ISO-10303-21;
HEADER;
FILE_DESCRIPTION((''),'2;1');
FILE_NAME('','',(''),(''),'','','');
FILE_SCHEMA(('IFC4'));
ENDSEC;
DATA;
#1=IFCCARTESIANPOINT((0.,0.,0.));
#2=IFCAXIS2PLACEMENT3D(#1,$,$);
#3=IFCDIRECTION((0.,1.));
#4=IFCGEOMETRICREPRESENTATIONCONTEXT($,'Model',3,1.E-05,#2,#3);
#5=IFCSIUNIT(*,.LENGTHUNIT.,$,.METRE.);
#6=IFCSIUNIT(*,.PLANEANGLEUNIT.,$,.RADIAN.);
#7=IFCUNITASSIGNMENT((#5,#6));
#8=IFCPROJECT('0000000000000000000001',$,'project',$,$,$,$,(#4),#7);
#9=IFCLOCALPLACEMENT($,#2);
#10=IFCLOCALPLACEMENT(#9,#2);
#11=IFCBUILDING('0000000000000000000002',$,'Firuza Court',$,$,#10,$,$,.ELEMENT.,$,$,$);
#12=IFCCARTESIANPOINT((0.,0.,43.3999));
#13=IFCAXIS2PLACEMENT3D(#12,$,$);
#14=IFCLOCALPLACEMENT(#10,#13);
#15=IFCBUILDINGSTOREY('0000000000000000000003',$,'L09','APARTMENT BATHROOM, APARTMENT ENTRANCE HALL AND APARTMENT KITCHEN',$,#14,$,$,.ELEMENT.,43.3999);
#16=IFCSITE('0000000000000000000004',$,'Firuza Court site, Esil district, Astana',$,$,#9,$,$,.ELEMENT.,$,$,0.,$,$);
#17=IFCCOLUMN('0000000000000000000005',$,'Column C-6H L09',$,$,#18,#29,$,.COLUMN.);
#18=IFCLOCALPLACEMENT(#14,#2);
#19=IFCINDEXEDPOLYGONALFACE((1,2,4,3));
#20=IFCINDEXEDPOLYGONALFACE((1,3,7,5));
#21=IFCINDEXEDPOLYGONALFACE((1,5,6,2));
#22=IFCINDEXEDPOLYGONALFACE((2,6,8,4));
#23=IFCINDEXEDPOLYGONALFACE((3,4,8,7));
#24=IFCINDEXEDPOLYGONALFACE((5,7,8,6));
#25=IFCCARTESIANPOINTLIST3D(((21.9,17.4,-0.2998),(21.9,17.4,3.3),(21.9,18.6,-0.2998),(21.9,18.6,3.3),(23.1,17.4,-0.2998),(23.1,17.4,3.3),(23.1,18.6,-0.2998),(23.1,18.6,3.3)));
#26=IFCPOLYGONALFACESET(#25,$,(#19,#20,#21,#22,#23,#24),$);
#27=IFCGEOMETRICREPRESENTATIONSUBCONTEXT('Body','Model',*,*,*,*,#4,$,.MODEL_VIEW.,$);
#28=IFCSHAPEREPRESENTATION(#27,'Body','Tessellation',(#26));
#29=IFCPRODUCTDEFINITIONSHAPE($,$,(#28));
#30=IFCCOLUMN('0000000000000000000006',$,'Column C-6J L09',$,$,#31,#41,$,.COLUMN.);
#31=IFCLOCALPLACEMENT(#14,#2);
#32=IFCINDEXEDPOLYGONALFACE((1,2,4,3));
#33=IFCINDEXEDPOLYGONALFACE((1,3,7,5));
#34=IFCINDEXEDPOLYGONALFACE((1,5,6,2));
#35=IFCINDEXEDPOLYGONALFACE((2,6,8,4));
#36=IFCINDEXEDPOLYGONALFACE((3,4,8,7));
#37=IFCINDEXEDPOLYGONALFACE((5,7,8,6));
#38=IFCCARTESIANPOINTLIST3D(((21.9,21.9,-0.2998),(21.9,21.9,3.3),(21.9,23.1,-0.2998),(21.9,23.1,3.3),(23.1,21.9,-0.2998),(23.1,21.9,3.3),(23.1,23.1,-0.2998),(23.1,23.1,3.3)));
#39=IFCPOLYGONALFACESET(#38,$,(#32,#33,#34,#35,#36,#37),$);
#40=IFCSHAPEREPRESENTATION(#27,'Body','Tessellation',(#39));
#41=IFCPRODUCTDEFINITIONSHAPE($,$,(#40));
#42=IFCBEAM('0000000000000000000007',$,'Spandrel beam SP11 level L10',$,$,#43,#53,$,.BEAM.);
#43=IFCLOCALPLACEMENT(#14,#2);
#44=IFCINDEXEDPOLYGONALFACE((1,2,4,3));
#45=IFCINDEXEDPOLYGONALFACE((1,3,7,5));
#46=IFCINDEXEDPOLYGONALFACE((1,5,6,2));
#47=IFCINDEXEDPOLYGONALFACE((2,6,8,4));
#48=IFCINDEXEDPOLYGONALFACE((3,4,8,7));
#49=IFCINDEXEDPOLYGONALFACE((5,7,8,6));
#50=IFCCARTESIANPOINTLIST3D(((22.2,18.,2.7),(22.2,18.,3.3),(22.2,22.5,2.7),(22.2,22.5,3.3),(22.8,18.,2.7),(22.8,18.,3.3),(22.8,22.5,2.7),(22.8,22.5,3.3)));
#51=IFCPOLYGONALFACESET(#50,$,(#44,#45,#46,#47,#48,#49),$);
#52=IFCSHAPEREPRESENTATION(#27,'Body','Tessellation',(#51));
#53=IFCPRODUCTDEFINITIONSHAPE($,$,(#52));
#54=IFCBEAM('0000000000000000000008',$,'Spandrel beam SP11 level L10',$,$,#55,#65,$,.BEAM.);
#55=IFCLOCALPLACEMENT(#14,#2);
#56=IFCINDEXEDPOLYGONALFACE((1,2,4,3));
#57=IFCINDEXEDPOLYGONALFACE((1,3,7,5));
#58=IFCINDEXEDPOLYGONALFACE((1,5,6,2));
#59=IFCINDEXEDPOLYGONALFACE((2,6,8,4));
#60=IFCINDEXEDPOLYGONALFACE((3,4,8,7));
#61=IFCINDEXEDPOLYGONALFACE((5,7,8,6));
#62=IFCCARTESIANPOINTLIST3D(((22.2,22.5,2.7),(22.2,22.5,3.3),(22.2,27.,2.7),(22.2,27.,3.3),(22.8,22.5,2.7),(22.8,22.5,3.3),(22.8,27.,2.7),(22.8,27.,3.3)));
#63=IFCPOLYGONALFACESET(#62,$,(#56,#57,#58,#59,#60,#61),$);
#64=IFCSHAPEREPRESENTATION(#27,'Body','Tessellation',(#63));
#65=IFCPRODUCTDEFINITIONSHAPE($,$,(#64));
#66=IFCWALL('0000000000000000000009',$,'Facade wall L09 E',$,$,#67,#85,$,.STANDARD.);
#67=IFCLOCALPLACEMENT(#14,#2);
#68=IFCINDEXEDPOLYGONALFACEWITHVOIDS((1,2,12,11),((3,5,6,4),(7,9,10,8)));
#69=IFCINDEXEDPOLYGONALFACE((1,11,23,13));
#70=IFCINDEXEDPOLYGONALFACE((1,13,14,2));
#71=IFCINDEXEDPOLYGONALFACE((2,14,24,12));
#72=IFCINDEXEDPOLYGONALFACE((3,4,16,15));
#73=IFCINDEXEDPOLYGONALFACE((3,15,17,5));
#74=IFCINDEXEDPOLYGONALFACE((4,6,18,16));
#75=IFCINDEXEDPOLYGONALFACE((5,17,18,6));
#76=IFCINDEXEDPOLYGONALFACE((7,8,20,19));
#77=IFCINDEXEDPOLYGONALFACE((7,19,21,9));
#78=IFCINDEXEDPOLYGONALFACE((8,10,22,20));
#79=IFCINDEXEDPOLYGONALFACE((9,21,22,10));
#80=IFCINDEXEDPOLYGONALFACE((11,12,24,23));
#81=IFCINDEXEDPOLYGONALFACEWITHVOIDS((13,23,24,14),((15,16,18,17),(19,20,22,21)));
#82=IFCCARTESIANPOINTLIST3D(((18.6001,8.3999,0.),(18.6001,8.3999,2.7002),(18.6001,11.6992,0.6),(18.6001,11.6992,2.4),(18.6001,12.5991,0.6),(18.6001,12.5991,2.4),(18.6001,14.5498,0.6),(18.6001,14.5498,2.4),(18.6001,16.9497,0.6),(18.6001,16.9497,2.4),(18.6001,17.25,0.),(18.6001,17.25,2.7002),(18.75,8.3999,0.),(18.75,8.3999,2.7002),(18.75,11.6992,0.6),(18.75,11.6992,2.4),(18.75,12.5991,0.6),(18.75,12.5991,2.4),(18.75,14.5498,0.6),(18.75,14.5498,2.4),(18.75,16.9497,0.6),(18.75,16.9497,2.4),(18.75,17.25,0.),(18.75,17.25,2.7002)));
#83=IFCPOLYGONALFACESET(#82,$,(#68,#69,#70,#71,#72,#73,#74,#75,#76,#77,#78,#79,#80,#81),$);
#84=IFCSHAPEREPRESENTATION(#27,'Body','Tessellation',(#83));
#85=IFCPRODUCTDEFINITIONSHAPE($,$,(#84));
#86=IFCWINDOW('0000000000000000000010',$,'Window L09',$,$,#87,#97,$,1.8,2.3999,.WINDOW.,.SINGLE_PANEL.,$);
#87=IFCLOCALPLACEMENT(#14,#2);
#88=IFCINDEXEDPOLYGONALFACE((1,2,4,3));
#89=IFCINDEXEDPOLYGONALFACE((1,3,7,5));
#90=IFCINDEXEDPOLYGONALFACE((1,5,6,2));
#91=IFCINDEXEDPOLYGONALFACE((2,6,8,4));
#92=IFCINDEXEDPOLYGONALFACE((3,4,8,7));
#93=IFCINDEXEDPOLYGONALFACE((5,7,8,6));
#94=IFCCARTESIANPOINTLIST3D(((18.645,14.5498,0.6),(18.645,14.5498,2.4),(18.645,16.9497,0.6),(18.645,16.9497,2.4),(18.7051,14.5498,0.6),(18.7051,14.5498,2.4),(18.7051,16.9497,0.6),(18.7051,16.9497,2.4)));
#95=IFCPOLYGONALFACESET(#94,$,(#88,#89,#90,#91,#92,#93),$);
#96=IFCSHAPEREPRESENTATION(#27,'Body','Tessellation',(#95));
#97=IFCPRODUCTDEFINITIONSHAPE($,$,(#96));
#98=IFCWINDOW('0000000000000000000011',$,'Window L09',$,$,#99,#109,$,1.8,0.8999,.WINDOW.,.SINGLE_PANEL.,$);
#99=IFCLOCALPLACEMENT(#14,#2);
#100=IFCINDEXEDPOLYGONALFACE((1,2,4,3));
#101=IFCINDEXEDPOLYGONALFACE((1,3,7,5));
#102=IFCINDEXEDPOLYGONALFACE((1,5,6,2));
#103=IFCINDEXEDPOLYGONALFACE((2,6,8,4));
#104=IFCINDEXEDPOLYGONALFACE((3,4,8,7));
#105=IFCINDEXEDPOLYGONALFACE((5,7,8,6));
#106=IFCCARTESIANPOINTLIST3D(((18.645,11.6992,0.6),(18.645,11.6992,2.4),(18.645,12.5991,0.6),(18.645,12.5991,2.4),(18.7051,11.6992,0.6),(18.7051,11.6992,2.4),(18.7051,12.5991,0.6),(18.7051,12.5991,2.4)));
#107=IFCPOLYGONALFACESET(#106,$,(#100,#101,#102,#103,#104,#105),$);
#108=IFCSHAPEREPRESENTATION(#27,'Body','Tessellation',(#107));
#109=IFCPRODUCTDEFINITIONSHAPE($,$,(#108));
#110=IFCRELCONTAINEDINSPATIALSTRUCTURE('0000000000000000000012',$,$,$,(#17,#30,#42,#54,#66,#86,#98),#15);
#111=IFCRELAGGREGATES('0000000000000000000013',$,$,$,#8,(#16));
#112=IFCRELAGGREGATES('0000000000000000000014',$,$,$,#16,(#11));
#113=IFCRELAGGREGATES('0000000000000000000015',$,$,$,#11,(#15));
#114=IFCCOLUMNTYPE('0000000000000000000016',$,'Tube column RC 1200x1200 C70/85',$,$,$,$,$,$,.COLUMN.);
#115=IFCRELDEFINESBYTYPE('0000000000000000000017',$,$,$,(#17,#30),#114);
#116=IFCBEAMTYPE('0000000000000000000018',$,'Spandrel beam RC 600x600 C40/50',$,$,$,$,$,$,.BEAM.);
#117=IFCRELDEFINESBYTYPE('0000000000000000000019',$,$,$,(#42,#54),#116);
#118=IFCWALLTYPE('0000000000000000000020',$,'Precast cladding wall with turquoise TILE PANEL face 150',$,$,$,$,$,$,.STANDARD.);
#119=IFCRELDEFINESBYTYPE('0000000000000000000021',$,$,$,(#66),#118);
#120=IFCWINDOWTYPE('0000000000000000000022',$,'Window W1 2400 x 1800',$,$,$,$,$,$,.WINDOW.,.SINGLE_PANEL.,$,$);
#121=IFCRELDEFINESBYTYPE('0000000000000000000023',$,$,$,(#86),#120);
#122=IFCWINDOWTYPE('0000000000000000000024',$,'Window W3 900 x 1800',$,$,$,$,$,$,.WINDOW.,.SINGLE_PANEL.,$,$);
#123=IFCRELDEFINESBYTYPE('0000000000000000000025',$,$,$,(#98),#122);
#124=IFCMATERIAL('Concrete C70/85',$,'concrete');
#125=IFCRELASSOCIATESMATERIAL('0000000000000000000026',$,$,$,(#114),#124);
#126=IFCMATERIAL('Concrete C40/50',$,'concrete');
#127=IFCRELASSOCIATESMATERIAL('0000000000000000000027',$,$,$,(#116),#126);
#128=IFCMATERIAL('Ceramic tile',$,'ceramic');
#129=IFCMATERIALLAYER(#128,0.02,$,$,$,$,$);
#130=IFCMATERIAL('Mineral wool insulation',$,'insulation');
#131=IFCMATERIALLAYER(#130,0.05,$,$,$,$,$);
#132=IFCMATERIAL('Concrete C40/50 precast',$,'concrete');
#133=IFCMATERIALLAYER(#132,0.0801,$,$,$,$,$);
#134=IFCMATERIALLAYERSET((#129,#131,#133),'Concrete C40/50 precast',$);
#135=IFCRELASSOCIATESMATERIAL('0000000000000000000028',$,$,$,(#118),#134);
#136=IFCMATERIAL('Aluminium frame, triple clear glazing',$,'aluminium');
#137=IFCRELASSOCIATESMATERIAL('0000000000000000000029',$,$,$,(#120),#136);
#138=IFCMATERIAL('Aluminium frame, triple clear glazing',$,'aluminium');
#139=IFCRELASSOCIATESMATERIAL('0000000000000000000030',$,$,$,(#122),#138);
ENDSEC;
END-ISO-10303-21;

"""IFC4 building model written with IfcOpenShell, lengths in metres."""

from ifc_helpers import new_model, si_unit, direction, frame, frame_2d, origin, origin_2d, place, context, subcontext, project, spatial, rectangle, extrude, material, layer, layer_set, material_profile, profile_set, type_object, element, fill, save


model = new_model("IFC4")

# Units and contexts
model_context = context("Model", 3, precision=1e-05, world=origin(), true_north=direction((0.0, 1.0)))
body_context = subcontext(model_context, "Body", "Model", "MODEL_VIEW")
ifc_project = project(units=[si_unit("LENGTHUNIT", "METRE"), si_unit("PLANEANGLEUNIT", "RADIAN")], contexts=[model_context])

# Site, building, storey
site_placement = place(None, origin())
site = spatial("IfcSite", under=ifc_project, at=site_placement, Name="Firuza Court site, Esil district, Astana", CompositionType="ELEMENT", RefElevation=0.0)
building_placement = place(site_placement, origin())
building = spatial("IfcBuilding", under=site, at=building_placement, Name="Firuza Court", CompositionType="ELEMENT")
storey_placement = place(building_placement, frame((0.0, 0.0, 43.3999)))
storey = spatial("IfcBuildingStorey", under=building, at=storey_placement, Name="L09", Description="APARTMENT BATHROOM, APARTMENT ENTRANCE HALL AND APARTMENT KITCHEN", CompositionType="ELEMENT", Elevation=43.3999)

# Columns
ifc_material_1 = material(Name="Concrete C70/85", Category="concrete")
ifc_material_profile_1 = material_profile(ifc_material_1, rectangle(XDim=1.2, YDim=1.2, at=origin_2d()), Name="RC 1200x1200")
ifc_profile_set_1 = profile_set([ifc_material_profile_1], Name="Concrete C70/85")
column_type = type_object("IfcColumnType", Name="Tube column RC 1200x1200 C70/85", PredefinedType="COLUMN", material=ifc_profile_set_1)
for number, where, z_axis, x_axis, name in (
    (1, (22.5, 18.0, -0.2998), (0.0, 0.0, 1.0), (1.0, 0.0, 0.0), "Column C-6H L09"),
    (2, (22.5, 22.5, -0.2998), (0.0, 0.0, 1.0), (1.0, 0.0, 0.0), "Column C-6J L09"),
):
    element("IfcColumn", number, at=place(storey_placement, frame(where, z_axis=z_axis, x_axis=x_axis)), inside=storey, type_object=column_type, Name=name, PredefinedType="COLUMN", context=body_context, shape_type="SweptSolid", body=[
        extrude(rectangle(XDim=1.2, YDim=1.2, at=origin_2d()), origin(), (0.0, 0.0, 1.0), 3.5999),
    ])

# Beams
ifc_material_2 = material(Name="Concrete C40/50", Category="concrete")
ifc_material_profile_2 = material_profile(ifc_material_2, rectangle(XDim=0.6001, YDim=0.6001, at=origin_2d()), Name="RC 600x600")
ifc_profile_set_2 = profile_set([ifc_material_profile_2], Name="Concrete C40/50")
beam_type = type_object("IfcBeamType", Name="Spandrel beam RC 600x600 C40/50", PredefinedType="BEAM", material=ifc_profile_set_2)
for number, where, z_axis, x_axis, name in (
    (3, (22.5, 18.0, 3.0), (0.0, 1.0, 0.0), (-1.0, 0.0, 0.0), "Spandrel beam SP11 level L10"),
    (4, (22.5, 22.5, 3.0), (0.0, 1.0, 0.0), (-1.0, 0.0, 0.0), "Spandrel beam SP11 level L10"),
):
    element("IfcBeam", number, at=place(storey_placement, frame(where, z_axis=z_axis, x_axis=x_axis)), inside=storey, type_object=beam_type, Name=name, PredefinedType="BEAM", context=body_context, shape_type="SweptSolid", body=[
        extrude(rectangle(XDim=0.6001, YDim=0.6001, at=origin_2d()), origin(), (0.0, 0.0, 1.0), 4.5),
    ])

# Wall, openings, windows
ifc_material_3 = material(Name="Ceramic tile", Category="ceramic")
ifc_layer_1 = layer(ifc_material_3, 0.02)
ifc_material_4 = material(Name="Mineral wool insulation", Category="insulation")
ifc_layer_2 = layer(ifc_material_4, 0.05)
ifc_material_5 = material(Name="Concrete C40/50 precast", Category="concrete")
ifc_layer_3 = layer(ifc_material_5, 0.0801)
ifc_layer_set = layer_set([ifc_layer_1, ifc_layer_2, ifc_layer_3], Name="Concrete C40/50 precast")
wall_type = type_object("IfcWallType", Name="Precast cladding wall with turquoise TILE PANEL face 150", PredefinedType="STANDARD", material=ifc_layer_set)
wall_1_placement = place(storey_placement, frame((18.675, 8.3999, 0.0), z_axis=(0.0, 0.0, 1.0), x_axis=(0.0, 1.0, 0.0)))
wall_1 = element("IfcWall", 5, at=wall_1_placement, inside=storey, type_object=wall_type, Name="Facade wall L09 E", PredefinedType="STANDARD", context=body_context, shape_type="SweptSolid", body=[
    extrude(rectangle(XDim=8.8501, YDim=0.1499, at=frame_2d((4.425, 0.0))), origin(), (0.0, 0.0, 1.0), 2.7002),
])
opening_1_placement = place(wall_1_placement, frame((3.2993, 0.0, 0.6001)))
opening_1 = element("IfcOpeningElement", 6, at=opening_1_placement, cuts=wall_1, PredefinedType="OPENING", context=body_context, shape_type="SweptSolid", body=[
    extrude(rectangle(XDim=0.8999, YDim=1.8, at=frame_2d((0.45, 0.8999))), frame((0.0, 0.0869, 0.0), z_axis=(0.0, -1.0, 0.0), x_axis=(1.0, 0.0, 0.0)), (0.0, 0.0, 1.0), 0.1738),
])
opening_2_placement = place(wall_1_placement, frame((6.1499, 0.0, 0.6001)))
opening_2 = element("IfcOpeningElement", 7, at=opening_2_placement, cuts=wall_1, PredefinedType="OPENING", context=body_context, shape_type="SweptSolid", body=[
    extrude(rectangle(XDim=2.3999, YDim=1.8, at=frame_2d((1.2, 0.8999))), frame((0.0, 0.0869, 0.0), z_axis=(0.0, -1.0, 0.0), x_axis=(1.0, 0.0, 0.0)), (0.0, 0.0, 1.0), 0.1738),
])
ifc_material_6 = material(Name="Aluminium frame, triple clear glazing", Category="aluminium")
window_type_1 = type_object("IfcWindowType", Name="Window W1 2400 x 1800", PartitioningType="SINGLE_PANEL", PredefinedType="WINDOW", material=ifc_material_6)
window_1_placement = place(opening_2_placement, origin())
window_1 = element("IfcWindow", 8, at=window_1_placement, inside=storey, type_object=window_type_1, Name="Window L09", OverallHeight=1.8, OverallWidth=2.3999, PartitioningType="SINGLE_PANEL", PredefinedType="WINDOW", context=body_context, shape_type="SweptSolid", body=[
    extrude(rectangle(XDim=2.3999, YDim=1.8, at=frame_2d((1.2, 0.8999))), frame((0.0, 0.03, 0.0), z_axis=(0.0, -1.0, 0.0), x_axis=(1.0, 0.0, 0.0)), (0.0, 0.0, 1.0), 0.0601),
])
fill(opening_2, window_1)
ifc_material_7 = material(Name="Aluminium frame, triple clear glazing", Category="aluminium")
window_type_2 = type_object("IfcWindowType", Name="Window W3 900 x 1800", PartitioningType="SINGLE_PANEL", PredefinedType="WINDOW", material=ifc_material_7)
window_2_placement = place(opening_1_placement, origin())
window_2 = element("IfcWindow", 9, at=window_2_placement, inside=storey, type_object=window_type_2, Name="Window L09", OverallHeight=1.8, OverallWidth=0.8999, PartitioningType="SINGLE_PANEL", PredefinedType="WINDOW", context=body_context, shape_type="SweptSolid", body=[
    extrude(rectangle(XDim=0.8999, YDim=1.8, at=frame_2d((0.45, 0.8999))), frame((0.0, 0.03, 0.0), z_axis=(0.0, -1.0, 0.0), x_axis=(1.0, 0.0, 0.0)), (0.0, 0.0, 1.0), 0.0601),
])
fill(opening_1, window_2)

save(model, "model.ifc")
